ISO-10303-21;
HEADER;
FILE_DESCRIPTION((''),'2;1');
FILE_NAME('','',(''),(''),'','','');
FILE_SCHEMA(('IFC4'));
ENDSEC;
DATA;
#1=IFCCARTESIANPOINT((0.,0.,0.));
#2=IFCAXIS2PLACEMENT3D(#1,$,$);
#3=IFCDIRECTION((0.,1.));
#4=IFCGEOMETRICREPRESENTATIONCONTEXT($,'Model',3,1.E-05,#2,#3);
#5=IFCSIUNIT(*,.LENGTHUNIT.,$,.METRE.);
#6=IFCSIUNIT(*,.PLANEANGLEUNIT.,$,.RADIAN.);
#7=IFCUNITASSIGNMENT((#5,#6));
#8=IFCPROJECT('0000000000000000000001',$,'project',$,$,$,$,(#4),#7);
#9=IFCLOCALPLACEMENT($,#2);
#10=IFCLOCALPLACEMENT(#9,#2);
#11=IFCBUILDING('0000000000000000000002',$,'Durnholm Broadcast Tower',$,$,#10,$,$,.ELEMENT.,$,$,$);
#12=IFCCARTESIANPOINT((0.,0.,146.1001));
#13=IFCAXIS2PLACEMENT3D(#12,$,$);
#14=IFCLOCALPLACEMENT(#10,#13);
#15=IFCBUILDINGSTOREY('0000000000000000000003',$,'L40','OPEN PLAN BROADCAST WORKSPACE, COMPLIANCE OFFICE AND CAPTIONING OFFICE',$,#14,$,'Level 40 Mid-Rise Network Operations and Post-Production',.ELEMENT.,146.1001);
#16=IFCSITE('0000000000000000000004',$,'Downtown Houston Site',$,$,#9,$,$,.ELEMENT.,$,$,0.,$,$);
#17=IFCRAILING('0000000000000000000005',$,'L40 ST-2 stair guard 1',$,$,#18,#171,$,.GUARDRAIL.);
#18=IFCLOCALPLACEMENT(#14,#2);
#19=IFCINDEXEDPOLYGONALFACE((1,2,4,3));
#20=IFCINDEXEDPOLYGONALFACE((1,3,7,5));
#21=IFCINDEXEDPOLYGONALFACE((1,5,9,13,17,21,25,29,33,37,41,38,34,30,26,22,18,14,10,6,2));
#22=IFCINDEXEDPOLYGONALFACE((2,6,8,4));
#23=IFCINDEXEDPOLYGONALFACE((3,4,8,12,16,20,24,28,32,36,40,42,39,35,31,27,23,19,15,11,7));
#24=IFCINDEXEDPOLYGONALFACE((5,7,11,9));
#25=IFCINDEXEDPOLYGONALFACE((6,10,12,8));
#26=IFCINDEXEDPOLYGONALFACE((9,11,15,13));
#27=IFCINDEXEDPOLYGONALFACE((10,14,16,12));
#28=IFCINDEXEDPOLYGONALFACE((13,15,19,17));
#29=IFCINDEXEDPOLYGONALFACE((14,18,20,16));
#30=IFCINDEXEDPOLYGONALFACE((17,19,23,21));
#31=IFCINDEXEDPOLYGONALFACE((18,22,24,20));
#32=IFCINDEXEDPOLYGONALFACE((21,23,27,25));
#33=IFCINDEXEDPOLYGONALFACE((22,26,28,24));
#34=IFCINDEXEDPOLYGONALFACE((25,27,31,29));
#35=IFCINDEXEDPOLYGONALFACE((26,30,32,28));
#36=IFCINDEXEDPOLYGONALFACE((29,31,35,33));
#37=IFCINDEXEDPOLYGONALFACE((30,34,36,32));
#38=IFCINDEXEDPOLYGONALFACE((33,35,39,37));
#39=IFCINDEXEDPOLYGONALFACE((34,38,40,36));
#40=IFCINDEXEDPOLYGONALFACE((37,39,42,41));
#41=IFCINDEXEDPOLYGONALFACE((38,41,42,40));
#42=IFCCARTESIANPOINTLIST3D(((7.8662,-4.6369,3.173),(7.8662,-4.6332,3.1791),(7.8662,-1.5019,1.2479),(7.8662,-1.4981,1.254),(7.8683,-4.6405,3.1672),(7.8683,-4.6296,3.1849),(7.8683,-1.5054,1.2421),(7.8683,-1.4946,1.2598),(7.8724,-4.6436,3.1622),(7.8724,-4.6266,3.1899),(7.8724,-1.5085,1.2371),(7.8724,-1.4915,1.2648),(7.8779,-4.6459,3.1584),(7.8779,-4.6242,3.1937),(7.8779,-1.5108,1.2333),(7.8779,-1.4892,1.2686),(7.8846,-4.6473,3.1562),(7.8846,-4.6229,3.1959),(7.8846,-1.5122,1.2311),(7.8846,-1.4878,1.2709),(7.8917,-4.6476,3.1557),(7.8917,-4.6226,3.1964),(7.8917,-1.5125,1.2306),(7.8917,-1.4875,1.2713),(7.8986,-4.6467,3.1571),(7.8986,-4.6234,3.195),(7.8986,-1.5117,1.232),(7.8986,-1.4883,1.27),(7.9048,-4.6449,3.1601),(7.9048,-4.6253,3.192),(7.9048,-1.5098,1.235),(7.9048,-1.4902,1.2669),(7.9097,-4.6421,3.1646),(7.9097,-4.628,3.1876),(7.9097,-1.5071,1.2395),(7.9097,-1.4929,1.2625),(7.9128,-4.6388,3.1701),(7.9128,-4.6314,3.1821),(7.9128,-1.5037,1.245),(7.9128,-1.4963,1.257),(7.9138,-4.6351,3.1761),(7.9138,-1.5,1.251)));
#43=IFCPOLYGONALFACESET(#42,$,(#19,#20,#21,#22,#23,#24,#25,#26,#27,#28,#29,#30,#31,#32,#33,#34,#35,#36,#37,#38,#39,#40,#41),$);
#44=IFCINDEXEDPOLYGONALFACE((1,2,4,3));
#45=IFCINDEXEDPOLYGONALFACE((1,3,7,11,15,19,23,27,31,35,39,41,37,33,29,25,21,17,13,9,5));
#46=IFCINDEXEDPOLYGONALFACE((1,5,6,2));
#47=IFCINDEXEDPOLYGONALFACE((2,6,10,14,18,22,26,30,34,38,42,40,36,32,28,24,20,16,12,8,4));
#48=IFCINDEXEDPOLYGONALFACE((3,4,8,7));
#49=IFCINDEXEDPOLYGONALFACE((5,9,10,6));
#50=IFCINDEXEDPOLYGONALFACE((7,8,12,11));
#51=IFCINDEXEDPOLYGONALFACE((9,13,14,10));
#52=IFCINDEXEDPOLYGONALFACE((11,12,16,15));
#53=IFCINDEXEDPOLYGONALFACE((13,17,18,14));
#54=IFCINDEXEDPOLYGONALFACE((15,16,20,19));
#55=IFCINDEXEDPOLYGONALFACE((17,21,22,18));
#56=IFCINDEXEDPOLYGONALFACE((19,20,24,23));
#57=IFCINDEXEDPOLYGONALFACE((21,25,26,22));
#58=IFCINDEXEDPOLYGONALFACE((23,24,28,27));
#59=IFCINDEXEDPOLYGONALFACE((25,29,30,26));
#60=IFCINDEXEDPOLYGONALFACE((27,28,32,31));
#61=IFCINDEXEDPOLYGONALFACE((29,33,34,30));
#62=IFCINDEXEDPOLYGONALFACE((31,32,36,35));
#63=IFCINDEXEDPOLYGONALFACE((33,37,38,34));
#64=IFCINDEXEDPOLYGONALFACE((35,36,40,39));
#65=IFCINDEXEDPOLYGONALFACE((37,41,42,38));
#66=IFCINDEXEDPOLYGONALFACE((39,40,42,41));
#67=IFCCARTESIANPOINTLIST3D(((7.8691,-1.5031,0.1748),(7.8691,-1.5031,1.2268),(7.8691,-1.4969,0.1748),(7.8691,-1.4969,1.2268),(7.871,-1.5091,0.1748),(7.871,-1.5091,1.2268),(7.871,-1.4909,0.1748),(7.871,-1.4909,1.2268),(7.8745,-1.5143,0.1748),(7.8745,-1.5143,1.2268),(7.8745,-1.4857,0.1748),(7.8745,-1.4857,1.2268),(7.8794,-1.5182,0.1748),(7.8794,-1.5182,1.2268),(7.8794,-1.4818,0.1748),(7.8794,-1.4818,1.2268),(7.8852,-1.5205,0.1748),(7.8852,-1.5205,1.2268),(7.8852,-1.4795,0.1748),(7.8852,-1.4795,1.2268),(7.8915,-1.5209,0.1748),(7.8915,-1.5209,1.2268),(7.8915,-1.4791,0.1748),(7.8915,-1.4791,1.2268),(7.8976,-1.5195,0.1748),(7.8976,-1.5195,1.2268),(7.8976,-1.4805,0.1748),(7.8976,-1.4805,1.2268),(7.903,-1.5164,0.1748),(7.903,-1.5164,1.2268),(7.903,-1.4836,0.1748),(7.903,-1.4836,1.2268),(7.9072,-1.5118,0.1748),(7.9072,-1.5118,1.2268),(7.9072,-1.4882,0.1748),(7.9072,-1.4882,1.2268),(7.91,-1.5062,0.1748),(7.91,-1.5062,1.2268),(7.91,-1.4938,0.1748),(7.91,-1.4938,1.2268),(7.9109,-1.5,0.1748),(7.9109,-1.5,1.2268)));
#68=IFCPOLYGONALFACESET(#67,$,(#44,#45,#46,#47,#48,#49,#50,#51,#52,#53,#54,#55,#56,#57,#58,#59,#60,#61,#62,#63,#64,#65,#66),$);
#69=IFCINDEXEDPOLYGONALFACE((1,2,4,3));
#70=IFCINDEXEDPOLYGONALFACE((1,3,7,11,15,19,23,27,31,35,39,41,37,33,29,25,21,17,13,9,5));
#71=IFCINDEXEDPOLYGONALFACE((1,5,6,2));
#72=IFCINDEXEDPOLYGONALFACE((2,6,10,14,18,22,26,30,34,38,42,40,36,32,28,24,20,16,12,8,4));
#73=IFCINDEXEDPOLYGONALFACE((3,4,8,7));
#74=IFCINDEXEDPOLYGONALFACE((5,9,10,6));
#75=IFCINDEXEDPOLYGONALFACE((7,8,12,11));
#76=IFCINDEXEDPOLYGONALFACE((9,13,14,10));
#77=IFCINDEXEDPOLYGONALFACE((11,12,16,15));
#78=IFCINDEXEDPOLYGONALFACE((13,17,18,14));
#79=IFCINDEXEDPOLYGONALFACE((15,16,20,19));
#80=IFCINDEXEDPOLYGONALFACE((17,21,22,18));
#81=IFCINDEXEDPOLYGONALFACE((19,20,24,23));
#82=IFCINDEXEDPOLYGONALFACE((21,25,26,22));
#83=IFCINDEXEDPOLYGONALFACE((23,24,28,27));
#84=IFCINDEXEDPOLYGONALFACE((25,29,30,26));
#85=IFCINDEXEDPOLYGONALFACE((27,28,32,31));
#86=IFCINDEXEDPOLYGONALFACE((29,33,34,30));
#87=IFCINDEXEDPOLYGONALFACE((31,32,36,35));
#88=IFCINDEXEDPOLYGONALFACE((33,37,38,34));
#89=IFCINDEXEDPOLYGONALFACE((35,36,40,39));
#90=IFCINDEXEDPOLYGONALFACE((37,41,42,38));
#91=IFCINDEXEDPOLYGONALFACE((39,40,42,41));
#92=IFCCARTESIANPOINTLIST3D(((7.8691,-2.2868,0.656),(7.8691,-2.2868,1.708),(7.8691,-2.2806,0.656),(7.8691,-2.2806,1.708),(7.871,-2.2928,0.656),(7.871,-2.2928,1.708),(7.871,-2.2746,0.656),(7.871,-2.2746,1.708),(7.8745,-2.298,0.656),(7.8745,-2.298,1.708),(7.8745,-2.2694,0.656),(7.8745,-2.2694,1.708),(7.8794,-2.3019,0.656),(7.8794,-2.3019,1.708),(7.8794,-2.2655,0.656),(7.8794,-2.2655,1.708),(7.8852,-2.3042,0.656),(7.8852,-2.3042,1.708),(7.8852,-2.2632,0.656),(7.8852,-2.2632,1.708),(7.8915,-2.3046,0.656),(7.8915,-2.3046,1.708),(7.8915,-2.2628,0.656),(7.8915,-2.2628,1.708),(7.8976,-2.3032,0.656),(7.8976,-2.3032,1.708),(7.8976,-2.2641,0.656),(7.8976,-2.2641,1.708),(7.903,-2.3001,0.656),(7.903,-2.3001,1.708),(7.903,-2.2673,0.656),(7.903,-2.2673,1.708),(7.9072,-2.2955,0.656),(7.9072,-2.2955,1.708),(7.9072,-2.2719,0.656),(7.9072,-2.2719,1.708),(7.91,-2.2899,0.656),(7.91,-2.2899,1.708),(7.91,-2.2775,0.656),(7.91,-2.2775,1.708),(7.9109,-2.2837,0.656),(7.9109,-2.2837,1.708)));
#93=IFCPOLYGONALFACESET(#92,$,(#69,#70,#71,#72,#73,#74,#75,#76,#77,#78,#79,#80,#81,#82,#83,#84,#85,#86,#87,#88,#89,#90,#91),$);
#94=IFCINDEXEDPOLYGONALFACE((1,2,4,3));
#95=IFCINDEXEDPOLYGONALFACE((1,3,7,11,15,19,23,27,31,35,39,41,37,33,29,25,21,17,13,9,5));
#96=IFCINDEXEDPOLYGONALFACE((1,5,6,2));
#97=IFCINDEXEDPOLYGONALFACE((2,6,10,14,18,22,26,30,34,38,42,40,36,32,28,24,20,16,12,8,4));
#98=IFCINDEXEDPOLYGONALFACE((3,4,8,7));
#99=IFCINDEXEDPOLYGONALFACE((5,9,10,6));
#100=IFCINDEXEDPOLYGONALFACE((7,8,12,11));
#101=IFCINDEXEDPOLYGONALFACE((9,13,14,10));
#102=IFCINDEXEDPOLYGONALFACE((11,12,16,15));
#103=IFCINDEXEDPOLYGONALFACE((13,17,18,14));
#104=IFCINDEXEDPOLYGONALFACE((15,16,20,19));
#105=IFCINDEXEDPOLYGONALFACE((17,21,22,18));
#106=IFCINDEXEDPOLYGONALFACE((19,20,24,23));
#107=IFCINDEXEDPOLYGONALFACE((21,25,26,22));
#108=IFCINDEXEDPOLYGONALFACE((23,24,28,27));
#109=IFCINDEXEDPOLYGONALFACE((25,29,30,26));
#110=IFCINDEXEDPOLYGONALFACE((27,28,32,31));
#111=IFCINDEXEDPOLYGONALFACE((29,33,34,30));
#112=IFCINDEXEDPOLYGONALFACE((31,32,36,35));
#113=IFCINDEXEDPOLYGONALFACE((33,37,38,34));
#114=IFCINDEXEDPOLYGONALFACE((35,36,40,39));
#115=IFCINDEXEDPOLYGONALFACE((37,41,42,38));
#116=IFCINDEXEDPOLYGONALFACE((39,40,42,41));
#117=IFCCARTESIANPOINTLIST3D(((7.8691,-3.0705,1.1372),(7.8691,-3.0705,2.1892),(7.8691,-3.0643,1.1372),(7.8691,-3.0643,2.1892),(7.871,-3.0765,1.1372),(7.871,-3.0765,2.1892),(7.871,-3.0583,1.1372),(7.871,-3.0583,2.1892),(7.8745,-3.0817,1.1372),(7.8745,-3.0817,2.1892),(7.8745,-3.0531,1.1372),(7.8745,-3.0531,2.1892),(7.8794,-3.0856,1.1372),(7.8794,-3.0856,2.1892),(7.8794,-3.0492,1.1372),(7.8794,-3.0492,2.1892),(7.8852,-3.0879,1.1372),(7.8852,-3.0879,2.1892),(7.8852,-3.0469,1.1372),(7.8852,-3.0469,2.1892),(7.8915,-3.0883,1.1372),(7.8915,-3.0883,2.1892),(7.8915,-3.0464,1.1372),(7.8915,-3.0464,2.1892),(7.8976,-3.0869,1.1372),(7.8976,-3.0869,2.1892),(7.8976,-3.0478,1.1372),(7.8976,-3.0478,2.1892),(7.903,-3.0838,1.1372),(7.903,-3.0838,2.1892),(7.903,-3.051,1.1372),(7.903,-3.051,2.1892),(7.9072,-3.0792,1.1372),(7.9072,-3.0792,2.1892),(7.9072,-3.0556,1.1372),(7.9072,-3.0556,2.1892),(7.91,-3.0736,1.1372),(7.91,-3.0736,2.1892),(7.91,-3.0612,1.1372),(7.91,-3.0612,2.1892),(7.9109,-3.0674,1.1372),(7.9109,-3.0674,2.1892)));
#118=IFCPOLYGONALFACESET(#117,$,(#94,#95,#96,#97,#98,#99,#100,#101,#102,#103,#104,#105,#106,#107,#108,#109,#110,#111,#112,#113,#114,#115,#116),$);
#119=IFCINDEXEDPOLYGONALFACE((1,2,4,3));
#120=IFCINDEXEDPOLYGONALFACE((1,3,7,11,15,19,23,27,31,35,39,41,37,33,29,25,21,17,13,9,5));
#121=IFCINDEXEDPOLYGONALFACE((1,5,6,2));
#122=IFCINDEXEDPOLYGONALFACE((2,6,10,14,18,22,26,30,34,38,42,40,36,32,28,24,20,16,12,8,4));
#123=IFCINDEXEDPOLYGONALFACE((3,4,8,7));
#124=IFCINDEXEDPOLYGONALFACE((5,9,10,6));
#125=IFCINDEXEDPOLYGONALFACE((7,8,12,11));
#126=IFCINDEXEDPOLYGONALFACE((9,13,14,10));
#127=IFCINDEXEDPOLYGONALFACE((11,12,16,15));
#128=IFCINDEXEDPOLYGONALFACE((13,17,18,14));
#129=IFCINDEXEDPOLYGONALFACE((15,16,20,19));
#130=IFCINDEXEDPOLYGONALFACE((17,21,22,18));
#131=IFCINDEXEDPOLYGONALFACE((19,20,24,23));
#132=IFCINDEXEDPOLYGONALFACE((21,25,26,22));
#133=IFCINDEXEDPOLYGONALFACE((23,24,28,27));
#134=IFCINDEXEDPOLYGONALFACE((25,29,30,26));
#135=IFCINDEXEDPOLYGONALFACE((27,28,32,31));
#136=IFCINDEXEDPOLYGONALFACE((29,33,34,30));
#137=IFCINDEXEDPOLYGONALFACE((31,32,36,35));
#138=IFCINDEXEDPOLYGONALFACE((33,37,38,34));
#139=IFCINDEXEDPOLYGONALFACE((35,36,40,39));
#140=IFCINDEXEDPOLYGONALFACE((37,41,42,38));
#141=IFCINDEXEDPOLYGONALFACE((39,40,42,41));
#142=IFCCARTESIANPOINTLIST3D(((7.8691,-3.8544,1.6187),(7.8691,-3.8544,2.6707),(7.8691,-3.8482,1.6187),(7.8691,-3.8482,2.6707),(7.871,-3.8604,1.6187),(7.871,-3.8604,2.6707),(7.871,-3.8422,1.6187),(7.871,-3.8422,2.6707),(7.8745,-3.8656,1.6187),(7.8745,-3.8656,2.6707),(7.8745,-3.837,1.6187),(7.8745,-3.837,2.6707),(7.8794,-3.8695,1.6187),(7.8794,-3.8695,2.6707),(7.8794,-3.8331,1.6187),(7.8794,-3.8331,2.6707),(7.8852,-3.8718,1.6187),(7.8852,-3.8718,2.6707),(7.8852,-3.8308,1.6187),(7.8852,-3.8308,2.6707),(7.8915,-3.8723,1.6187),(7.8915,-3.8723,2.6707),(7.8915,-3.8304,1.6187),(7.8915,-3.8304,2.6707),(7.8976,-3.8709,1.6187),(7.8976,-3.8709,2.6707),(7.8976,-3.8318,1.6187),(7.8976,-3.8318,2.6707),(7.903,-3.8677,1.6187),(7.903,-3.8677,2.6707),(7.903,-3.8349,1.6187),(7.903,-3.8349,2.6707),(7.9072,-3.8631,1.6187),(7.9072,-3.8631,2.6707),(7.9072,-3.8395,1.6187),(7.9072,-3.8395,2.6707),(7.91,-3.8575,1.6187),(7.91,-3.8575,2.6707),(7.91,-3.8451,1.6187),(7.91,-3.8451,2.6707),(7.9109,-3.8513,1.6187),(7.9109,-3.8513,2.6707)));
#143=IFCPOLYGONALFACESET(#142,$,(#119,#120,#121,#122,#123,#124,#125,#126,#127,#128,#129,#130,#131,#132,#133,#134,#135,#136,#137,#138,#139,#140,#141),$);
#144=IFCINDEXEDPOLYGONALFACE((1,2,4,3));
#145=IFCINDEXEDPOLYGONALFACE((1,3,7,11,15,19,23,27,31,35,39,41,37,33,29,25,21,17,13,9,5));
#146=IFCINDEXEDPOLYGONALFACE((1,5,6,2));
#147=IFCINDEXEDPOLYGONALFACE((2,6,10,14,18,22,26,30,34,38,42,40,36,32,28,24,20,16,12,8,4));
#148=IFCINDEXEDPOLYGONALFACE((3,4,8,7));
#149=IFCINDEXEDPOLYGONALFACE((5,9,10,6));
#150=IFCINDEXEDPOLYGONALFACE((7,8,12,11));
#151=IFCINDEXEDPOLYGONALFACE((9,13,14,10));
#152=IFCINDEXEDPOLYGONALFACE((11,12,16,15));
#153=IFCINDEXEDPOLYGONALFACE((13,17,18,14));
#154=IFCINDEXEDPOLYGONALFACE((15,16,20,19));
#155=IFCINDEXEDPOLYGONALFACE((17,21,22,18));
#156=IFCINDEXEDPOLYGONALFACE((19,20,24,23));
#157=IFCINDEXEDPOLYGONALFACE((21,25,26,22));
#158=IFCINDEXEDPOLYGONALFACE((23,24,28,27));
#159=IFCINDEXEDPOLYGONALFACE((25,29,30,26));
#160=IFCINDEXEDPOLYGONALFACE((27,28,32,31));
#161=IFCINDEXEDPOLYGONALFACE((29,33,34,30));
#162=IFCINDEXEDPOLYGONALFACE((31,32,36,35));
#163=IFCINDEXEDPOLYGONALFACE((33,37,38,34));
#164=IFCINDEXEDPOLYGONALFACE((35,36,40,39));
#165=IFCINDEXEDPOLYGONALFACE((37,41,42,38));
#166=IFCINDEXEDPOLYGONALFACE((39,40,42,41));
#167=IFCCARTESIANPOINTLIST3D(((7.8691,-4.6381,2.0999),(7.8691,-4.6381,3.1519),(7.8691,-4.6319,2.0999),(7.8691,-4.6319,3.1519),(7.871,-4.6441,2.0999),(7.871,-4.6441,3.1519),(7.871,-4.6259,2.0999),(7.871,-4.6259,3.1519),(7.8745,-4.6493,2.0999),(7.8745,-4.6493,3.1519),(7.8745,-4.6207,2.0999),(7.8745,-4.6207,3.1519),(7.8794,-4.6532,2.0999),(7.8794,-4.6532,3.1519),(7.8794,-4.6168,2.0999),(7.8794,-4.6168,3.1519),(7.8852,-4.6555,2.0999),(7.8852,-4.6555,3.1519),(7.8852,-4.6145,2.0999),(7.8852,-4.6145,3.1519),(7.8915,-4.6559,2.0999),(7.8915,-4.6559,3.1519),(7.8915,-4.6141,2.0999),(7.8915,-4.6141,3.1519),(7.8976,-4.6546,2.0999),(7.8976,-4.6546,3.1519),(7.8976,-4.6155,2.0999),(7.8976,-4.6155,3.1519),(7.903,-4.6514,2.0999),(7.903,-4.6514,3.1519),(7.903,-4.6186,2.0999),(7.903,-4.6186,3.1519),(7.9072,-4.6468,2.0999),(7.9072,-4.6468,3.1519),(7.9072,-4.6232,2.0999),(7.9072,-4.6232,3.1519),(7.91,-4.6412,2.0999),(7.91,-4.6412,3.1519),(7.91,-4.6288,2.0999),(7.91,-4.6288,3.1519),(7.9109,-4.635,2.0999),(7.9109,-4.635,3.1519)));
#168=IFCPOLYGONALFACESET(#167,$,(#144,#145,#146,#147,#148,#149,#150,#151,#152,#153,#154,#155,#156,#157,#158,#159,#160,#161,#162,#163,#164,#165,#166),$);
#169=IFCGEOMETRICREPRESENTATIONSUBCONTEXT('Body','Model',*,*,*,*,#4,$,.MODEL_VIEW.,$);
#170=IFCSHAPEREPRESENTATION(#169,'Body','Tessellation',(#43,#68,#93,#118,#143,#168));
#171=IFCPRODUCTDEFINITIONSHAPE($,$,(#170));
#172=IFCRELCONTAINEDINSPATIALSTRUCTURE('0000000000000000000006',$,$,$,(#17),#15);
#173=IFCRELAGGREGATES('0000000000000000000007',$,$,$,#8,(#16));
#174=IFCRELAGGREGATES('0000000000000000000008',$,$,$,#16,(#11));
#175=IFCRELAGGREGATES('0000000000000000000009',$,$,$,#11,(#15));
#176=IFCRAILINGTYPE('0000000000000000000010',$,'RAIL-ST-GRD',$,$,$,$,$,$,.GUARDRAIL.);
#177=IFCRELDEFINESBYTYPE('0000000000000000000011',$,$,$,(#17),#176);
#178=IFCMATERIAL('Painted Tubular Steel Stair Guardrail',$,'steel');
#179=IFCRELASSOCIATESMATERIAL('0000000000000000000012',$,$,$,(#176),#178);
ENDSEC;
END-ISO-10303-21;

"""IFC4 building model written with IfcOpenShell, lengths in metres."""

from ifc_helpers import new_model, si_unit, direction, frame, origin, origin_2d, place, context, subcontext, project, spatial, circle, extrude, material, type_object, element, save


model = new_model("IFC4")

# Units and contexts
model_context = context("Model", 3, precision=1e-05, world=origin(), true_north=direction((0.0, 1.0)))
body_context = subcontext(model_context, "Body", "Model", "MODEL_VIEW")
ifc_project = project(units=[si_unit("LENGTHUNIT", "METRE"), si_unit("PLANEANGLEUNIT", "RADIAN")], contexts=[model_context])

# Site, building, storey
site_placement = place(None, origin())
site = spatial("IfcSite", under=ifc_project, at=site_placement, Name="Downtown Houston Site", CompositionType="ELEMENT", RefElevation=0.0)
building_placement = place(site_placement, origin())
building = spatial("IfcBuilding", under=site, at=building_placement, Name="Durnholm Broadcast Tower", CompositionType="ELEMENT")
storey_placement = place(building_placement, frame((0.0, 0.0, 146.1001)))
storey = spatial("IfcBuildingStorey", under=building, at=storey_placement, Name="L40", Description="OPEN PLAN BROADCAST WORKSPACE, COMPLIANCE OFFICE AND CAPTIONING OFFICE", LongName="Level 40 Mid-Rise Network Operations and Post-Production", CompositionType="ELEMENT", Elevation=146.1001)

# Railing
ifc_material_1 = material(Name="Painted Tubular Steel Stair Guardrail", Category="steel")
railing_type_1 = type_object("IfcRailingType", Name="RAIL-ST-GRD", PredefinedType="GUARDRAIL", material=ifc_material_1)
railing_1_placement = place(storey_placement, frame((7.8899, -1.5, 0.1748)))
element("IfcRailing", 1, at=railing_1_placement, inside=storey, type_object=railing_type_1, Name="L40 ST-2 stair guard 1", PredefinedType="GUARDRAIL", context=body_context, shape_type="SweptSolid", body=[
    extrude(circle(Radius=0.0239, at=origin_2d()), frame((0.0, 0.0, 1.0762), z_axis=(0.0, -0.852166, 0.523271), x_axis=(1.0, 0.0, 0.0)), (0.0, 0.0, 1.0), 3.679),
    extrude(circle(Radius=0.021, at=origin_2d()), origin(), (0.0, 0.0, 1.0), 1.052),
    extrude(circle(Radius=0.021, at=origin_2d()), frame((0.0, -0.7837, 0.4812)), (0.0, 0.0, 1.0), 1.052),
    extrude(circle(Radius=0.021, at=origin_2d()), frame((0.0, -1.5674, 0.9624)), (0.0, 0.0, 1.0), 1.052),
    extrude(circle(Radius=0.021, at=origin_2d()), frame((0.0, -2.3513, 1.4438)), (0.0, 0.0, 1.0), 1.052),
    extrude(circle(Radius=0.021, at=origin_2d()), frame((0.0, -3.135, 1.925)), (0.0, 0.0, 1.0), 1.052),
])

save(model, "model.ifc")
